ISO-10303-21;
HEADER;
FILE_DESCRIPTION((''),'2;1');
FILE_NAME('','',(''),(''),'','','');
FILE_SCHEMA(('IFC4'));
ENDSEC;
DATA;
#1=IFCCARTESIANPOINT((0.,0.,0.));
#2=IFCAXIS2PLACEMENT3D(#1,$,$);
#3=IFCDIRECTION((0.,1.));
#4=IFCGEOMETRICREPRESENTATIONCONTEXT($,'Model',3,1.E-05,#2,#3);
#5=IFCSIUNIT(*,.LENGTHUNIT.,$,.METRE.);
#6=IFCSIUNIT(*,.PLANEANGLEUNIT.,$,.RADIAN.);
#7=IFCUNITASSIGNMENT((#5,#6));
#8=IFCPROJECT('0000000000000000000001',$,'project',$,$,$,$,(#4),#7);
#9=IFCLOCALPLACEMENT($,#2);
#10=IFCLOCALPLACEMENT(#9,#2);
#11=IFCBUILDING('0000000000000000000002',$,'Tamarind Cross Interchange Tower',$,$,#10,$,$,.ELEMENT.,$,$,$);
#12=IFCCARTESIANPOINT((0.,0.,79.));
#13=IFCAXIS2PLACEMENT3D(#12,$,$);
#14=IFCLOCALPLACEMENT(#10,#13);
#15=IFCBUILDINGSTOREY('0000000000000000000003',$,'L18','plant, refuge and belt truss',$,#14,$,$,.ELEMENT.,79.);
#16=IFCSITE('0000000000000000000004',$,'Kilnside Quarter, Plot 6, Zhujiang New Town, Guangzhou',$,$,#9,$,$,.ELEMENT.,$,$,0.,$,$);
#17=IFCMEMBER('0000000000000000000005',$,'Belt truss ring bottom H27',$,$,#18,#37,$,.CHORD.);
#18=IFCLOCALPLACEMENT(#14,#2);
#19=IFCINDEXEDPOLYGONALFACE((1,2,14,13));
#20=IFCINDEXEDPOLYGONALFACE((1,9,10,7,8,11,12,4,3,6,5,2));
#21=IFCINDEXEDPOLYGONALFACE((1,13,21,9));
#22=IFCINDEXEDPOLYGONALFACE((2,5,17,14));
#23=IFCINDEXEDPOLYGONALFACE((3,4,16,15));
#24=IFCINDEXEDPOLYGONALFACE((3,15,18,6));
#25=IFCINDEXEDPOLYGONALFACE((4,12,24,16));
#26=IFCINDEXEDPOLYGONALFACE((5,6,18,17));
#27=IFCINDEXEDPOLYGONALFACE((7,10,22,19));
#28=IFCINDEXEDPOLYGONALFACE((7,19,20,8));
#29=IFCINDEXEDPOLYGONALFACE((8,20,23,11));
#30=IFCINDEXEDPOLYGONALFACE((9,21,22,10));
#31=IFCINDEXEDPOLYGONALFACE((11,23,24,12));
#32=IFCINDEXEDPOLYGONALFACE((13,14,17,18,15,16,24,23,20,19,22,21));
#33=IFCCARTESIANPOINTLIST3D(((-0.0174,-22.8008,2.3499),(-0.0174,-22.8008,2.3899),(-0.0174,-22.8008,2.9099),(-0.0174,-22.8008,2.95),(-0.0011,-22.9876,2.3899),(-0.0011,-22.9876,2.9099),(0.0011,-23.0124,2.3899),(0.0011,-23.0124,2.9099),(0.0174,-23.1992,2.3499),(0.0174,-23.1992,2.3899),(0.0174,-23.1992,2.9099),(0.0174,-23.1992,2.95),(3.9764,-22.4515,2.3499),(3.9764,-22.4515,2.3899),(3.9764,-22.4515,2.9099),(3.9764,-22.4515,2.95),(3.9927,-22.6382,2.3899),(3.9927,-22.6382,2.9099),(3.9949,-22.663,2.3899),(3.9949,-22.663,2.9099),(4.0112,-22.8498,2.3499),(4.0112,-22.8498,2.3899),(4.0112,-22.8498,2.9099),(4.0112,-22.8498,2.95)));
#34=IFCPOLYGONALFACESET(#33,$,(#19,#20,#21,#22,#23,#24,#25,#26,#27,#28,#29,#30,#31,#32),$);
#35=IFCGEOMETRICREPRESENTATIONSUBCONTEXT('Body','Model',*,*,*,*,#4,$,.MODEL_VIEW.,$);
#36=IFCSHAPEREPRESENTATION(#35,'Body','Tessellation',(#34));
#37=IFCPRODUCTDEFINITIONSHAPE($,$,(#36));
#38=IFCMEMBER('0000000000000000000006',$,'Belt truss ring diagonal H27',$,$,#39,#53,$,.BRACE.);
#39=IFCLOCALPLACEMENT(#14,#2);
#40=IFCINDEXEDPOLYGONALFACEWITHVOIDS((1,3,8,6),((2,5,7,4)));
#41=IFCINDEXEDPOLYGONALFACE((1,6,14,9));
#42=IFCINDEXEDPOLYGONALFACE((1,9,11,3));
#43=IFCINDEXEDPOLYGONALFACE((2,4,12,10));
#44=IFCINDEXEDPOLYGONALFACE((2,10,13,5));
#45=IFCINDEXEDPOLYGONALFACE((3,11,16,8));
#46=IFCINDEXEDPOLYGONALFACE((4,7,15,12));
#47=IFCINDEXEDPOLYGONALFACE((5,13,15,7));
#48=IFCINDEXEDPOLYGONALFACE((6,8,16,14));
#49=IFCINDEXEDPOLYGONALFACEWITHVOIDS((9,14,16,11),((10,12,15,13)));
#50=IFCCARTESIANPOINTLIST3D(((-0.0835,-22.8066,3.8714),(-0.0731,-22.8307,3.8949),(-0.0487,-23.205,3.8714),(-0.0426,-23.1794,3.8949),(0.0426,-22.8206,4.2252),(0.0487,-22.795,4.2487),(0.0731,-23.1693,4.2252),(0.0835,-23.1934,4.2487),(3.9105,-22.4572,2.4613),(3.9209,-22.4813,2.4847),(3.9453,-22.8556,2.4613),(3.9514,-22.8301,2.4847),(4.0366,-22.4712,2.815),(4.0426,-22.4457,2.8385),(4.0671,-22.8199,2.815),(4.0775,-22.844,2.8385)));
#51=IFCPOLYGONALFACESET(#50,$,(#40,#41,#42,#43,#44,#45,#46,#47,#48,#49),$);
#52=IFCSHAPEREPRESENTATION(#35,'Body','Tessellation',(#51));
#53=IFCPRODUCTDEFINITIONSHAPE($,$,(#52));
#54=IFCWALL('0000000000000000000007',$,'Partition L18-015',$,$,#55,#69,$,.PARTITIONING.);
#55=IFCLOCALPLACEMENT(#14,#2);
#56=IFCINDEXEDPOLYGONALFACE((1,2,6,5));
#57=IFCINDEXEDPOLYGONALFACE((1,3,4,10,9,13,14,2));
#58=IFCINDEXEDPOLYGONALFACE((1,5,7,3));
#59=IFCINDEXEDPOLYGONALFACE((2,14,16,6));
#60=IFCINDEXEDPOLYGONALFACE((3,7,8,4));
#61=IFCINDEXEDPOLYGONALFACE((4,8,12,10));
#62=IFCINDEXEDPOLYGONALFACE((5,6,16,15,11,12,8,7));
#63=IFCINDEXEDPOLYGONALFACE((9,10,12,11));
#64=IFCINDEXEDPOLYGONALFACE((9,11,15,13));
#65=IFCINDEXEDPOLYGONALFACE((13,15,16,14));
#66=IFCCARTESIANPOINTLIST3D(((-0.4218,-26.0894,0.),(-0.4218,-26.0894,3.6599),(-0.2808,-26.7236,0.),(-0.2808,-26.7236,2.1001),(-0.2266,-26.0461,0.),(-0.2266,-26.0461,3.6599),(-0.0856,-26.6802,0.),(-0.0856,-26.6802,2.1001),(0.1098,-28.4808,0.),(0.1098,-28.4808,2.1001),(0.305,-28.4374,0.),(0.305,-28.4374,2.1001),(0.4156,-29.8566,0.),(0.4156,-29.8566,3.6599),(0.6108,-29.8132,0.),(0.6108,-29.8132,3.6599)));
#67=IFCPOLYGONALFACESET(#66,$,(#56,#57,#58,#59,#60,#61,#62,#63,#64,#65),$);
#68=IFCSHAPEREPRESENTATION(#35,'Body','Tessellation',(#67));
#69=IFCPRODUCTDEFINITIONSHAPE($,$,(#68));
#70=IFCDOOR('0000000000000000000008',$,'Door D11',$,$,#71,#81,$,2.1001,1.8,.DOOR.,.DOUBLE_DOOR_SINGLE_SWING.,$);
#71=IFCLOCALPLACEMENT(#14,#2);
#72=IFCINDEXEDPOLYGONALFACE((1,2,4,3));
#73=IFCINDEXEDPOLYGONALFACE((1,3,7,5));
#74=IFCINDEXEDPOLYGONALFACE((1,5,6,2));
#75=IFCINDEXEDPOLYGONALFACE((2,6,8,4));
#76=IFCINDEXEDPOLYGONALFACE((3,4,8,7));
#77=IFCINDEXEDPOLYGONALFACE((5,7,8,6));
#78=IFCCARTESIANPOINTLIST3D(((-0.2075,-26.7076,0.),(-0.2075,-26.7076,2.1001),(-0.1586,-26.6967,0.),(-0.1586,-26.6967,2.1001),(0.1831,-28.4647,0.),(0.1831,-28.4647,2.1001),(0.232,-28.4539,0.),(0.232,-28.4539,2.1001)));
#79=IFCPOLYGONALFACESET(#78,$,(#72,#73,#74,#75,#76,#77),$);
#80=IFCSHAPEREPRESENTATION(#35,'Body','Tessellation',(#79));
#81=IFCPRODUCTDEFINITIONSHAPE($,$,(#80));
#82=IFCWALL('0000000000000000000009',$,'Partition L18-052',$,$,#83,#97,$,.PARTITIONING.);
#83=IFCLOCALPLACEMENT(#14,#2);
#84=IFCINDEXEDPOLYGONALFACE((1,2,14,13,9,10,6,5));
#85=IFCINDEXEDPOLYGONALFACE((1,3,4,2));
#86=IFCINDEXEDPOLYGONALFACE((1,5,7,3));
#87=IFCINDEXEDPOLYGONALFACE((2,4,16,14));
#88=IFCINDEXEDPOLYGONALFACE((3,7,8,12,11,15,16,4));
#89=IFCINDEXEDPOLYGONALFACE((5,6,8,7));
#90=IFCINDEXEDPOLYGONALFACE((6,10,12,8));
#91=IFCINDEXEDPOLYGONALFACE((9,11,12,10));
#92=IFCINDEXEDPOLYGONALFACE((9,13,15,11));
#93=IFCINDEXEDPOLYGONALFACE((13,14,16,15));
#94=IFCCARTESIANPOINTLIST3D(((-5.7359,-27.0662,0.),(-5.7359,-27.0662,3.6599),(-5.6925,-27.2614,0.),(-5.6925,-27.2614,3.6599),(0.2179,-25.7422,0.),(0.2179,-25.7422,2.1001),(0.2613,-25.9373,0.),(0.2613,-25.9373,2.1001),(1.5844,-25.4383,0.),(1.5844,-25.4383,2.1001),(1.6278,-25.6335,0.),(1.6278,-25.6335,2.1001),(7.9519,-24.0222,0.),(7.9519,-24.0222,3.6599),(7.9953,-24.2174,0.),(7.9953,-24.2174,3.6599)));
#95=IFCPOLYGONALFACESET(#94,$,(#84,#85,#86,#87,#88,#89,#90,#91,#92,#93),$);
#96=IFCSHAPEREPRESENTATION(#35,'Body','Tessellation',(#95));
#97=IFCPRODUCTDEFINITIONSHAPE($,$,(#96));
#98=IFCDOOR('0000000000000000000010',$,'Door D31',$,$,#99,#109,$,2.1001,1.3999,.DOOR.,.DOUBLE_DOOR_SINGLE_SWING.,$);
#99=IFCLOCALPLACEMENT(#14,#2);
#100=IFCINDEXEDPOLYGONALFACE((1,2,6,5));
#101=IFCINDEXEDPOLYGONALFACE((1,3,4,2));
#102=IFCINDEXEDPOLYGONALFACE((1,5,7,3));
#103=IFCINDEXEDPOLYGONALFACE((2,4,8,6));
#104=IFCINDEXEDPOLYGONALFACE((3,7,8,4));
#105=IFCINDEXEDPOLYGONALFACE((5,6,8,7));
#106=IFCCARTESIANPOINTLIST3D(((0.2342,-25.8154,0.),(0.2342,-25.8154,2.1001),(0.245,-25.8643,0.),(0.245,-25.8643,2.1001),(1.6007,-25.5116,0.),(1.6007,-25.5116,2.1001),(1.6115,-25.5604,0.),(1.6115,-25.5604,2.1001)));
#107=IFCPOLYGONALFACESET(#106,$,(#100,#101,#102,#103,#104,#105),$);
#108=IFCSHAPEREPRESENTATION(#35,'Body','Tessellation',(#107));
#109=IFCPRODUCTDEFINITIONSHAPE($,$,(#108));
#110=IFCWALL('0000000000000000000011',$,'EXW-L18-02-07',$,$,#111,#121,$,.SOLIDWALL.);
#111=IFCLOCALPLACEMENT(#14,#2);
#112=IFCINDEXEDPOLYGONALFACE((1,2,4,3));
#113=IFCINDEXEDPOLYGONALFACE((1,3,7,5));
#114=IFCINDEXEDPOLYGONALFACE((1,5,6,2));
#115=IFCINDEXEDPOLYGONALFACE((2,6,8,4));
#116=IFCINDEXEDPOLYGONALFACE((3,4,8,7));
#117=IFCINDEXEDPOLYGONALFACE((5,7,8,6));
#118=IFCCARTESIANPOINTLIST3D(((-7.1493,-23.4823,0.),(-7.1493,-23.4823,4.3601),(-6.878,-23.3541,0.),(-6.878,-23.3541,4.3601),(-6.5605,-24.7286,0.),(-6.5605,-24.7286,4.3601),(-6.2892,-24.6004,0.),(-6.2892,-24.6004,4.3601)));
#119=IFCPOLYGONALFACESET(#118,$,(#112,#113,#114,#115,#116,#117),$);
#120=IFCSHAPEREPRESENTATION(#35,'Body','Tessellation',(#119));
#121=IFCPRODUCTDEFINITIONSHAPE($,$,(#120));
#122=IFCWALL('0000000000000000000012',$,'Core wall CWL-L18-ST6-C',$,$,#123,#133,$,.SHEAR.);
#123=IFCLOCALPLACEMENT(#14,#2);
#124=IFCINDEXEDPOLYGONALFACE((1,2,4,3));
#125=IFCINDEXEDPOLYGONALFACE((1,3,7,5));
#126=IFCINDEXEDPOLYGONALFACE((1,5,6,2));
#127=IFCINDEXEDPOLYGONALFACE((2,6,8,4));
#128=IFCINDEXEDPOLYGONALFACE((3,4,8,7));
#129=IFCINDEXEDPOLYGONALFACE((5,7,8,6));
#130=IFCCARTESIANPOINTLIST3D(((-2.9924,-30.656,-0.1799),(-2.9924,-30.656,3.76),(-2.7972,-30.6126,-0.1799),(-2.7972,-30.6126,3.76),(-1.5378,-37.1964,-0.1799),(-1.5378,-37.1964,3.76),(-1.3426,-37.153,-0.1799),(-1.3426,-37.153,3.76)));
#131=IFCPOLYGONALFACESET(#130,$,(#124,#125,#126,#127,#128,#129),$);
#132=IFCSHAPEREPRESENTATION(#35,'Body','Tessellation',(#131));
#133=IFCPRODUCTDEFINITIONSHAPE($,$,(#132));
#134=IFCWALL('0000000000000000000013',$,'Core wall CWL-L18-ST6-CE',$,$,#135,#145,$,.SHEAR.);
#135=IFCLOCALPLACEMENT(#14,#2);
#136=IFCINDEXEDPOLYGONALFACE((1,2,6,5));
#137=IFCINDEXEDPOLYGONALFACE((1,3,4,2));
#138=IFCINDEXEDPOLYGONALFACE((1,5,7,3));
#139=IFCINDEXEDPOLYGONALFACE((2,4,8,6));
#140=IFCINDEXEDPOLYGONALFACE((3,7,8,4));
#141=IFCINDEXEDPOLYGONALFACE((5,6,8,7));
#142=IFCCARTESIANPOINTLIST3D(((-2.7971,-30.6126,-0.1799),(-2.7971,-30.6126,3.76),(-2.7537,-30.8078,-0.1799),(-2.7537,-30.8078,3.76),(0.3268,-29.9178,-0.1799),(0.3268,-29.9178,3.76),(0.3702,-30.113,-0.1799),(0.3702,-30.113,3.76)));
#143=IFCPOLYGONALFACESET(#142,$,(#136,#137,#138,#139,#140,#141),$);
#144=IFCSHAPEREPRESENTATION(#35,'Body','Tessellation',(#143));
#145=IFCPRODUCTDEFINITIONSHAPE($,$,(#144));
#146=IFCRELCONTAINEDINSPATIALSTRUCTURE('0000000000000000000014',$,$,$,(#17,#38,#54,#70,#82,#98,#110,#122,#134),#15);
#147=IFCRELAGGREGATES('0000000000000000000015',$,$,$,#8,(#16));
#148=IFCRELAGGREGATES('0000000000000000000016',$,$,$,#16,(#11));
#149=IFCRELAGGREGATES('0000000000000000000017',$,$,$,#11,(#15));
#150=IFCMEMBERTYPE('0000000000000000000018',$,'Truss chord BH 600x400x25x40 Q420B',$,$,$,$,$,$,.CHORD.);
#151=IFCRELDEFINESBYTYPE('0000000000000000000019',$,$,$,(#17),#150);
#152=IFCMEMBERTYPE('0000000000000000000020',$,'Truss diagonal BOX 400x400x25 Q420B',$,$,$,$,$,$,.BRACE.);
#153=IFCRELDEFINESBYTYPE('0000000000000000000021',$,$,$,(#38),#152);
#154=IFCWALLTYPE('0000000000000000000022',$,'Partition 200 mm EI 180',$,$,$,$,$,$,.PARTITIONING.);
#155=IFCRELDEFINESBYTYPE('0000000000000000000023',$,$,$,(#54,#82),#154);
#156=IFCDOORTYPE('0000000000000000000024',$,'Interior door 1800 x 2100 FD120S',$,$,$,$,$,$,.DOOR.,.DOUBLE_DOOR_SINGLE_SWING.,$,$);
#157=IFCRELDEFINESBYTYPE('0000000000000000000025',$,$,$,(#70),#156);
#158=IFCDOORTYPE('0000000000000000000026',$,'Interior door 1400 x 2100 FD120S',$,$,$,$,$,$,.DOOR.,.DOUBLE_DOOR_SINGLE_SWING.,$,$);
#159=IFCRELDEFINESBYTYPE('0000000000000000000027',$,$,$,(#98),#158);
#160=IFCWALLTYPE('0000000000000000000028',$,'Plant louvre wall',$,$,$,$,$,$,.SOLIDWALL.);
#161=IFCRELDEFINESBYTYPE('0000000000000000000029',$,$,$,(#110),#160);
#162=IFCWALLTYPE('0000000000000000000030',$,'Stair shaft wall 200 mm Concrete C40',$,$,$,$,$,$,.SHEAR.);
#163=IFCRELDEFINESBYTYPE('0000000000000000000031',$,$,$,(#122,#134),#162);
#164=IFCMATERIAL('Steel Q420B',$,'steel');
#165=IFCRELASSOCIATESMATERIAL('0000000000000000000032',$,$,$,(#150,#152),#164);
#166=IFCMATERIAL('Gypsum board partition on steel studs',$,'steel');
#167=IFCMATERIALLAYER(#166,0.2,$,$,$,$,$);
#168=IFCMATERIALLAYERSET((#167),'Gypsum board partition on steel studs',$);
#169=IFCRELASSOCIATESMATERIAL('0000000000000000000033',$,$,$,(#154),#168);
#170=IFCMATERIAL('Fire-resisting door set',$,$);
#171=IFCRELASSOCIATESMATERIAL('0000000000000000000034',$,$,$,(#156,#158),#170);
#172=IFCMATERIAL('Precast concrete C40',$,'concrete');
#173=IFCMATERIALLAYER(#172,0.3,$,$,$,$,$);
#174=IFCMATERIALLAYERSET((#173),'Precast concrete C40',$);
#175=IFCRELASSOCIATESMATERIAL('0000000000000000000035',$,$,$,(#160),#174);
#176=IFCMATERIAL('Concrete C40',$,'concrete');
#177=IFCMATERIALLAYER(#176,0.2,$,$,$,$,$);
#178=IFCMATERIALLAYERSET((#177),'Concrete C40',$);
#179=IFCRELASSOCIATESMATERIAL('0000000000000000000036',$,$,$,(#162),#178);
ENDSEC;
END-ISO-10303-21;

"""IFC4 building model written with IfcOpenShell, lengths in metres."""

from ifc_helpers import new_model, si_unit, direction, frame, frame_2d, origin, origin_2d, place, context, subcontext, project, spatial, rectangle, hollow_rectangle, i_section, extrude, material, layer, layer_set, material_profile, profile_set, type_object, element, fill, save


model = new_model("IFC4")

# Units and contexts
model_context = context("Model", 3, precision=1e-05, world=origin(), true_north=direction((0.0, 1.0)))
body_context = subcontext(model_context, "Body", "Model", "MODEL_VIEW")
ifc_project = project(units=[si_unit("LENGTHUNIT", "METRE"), si_unit("PLANEANGLEUNIT", "RADIAN")], contexts=[model_context])

# Site, building, storey
site_placement = place(None, origin())
site = spatial("IfcSite", under=ifc_project, at=site_placement, Name="Kilnside Quarter, Plot 6, Zhujiang New Town, Guangzhou", CompositionType="ELEMENT", RefElevation=0.0)
building_placement = place(site_placement, origin())
building = spatial("IfcBuilding", under=site, at=building_placement, Name="Tamarind Cross Interchange Tower", CompositionType="ELEMENT")
storey_placement = place(building_placement, frame((0.0, 0.0, 79.0)))
storey = spatial("IfcBuildingStorey", under=building, at=storey_placement, Name="L18", Description="plant, refuge and belt truss", CompositionType="ELEMENT", Elevation=79.0)

# Members
ifc_material_1 = material(Name="Steel Q420B", Category="steel")
ifc_material_profile_1 = material_profile(ifc_material_1, i_section(OverallWidth=0.3999, OverallDepth=0.6001, WebThickness=0.0249, FlangeThickness=0.04, at=origin_2d()), Name="BH 600x400x25x40")
ifc_profile_set_1 = profile_set([ifc_material_profile_1], Name="Steel Q420B")
member_type_1 = type_object("IfcMemberType", Name="Truss chord BH 600x400x25x40 Q420B", PredefinedType="CHORD", material=ifc_profile_set_1)
for number, where, z_axis, x_axis, name in (
    (1, (0.0, -23.0, 2.6499), (0.996196, 0.087142, 0.0), (-0.087142, 0.996196, 0.0), "Belt truss ring bottom H27"),
):
    element("IfcMember", number, at=place(storey_placement, frame(where, z_axis=z_axis, x_axis=x_axis)), inside=storey, type_object=member_type_1, Name=name, PredefinedType="CHORD", context=body_context, shape_type="SweptSolid", body=[
        extrude(i_section(OverallWidth=0.3999, OverallDepth=0.6001, WebThickness=0.0249, FlangeThickness=0.04, at=origin_2d()), origin(), (0.0, 0.0, 1.0), 4.009),
    ])
ifc_material_profile_2 = material_profile(ifc_material_1, hollow_rectangle(XDim=0.3999, YDim=0.3999, WallThickness=0.0249, at=origin_2d()), Name="BOX 400x400x25")
ifc_profile_set_2 = profile_set([ifc_material_profile_2], Name="Steel Q420B")
member_type_2 = type_object("IfcMemberType", Name="Truss diagonal BOX 400x400x25 Q420B", PredefinedType="BRACE", material=ifc_profile_set_2)
member_1_placement = place(storey_placement, frame((0.0, -23.0, 4.0601), z_axis=(0.939758, 0.082205, -0.331808), x_axis=(-0.087142, 0.996196, 0.0)))
element("IfcMember", 2, at=member_1_placement, inside=storey, type_object=member_type_2, Name="Belt truss ring diagonal H27", PredefinedType="BRACE", context=body_context, shape_type="SweptSolid", body=[
    extrude(hollow_rectangle(XDim=0.3999, YDim=0.3999, WallThickness=0.0249, at=origin_2d()), origin(), (0.0, 0.0, 1.0), 4.25),
])

# Walls, openings, doors
ifc_material_2 = material(Name="Gypsum board partition on steel studs", Category="steel")
ifc_layer_1 = layer(ifc_material_2, 0.2)
ifc_layer_set_1 = layer_set([ifc_layer_1], Name="Gypsum board partition on steel studs")
wall_type_1 = type_object("IfcWallType", Name="Partition 200 mm EI 180", PredefinedType="PARTITIONING", material=ifc_layer_set_1)
wall_1_placement = place(storey_placement, frame((-0.3242, -26.0676, 0.0), z_axis=(0.0, 0.0, 1.0), x_axis=(0.216997, -0.976172, 0.0)))
wall_1 = element("IfcWall", 3, at=wall_1_placement, inside=storey, type_object=wall_type_1, Name="Partition L18-015", PredefinedType="PARTITIONING", context=body_context, shape_type="SweptSolid", body=[
    extrude(rectangle(XDim=3.8591, YDim=0.2, at=frame_2d((1.9297, 0.0))), origin(), (0.0, 0.0, 1.0), 3.6599),
])
opening_1_placement = place(wall_1_placement, frame((0.6499, 0.0, 0.0)))
opening_1 = element("IfcOpeningElement", 4, at=opening_1_placement, cuts=wall_1, PredefinedType="OPENING", context=body_context, shape_type="SweptSolid", body=[
    extrude(rectangle(XDim=1.8, YDim=2.1001, at=frame_2d((0.8999, 1.05))), frame((0.0, 0.1099, 0.0), z_axis=(0.0, -1.0, 0.0), x_axis=(1.0, 0.0, 0.0)), (0.0, 0.0, 1.0), 0.22),
])
ifc_material_3 = material(Name="Fire-resisting door set")
door_type_1 = type_object("IfcDoorType", Name="Interior door 1800 x 2100 FD120S", OperationType="DOUBLE_DOOR_SINGLE_SWING", PredefinedType="DOOR", material=ifc_material_3)
door_1_placement = place(opening_1_placement, frame((1.8, 0.0, 0.0), z_axis=(0.0, 0.0, 1.0), x_axis=(-1.0, 0.0, 0.0)))
door_1 = element("IfcDoor", 5, at=door_1_placement, inside=storey, type_object=door_type_1, Name="Door D11", OperationType="DOUBLE_DOOR_SINGLE_SWING", OverallHeight=2.1001, OverallWidth=1.8, PredefinedType="DOOR", context=body_context, shape_type="SweptSolid", body=[
    extrude(rectangle(XDim=1.8, YDim=2.1001, at=frame_2d((0.8999, 1.05))), frame((0.0, 0.0249, 0.0), z_axis=(0.0, -1.0, 0.0), x_axis=(1.0, 0.0, 0.0)), (0.0, 0.0, 1.0), 0.05),
])
fill(opening_1, door_1)
wall_2_placement = place(storey_placement, frame((-5.7144, -27.1638, 0.0), z_axis=(0.0, 0.0, 1.0), x_axis=(0.976153, 0.217082, 0.0)))
wall_2 = element("IfcWall", 6, at=wall_2_placement, inside=storey, type_object=wall_type_1, Name="Partition L18-052", PredefinedType="PARTITIONING", context=body_context, shape_type="SweptSolid", body=[
    extrude(rectangle(XDim=14.0222, YDim=0.2, at=frame_2d((7.0112, 0.0))), origin(), (0.0, 0.0, 1.0), 3.6599),
])
opening_2_placement = place(wall_2_placement, frame((6.0994, 0.0, 0.0)))
opening_2 = element("IfcOpeningElement", 7, at=opening_2_placement, cuts=wall_2, PredefinedType="OPENING", context=body_context, shape_type="SweptSolid", body=[
    extrude(rectangle(XDim=1.3999, YDim=2.1001, at=frame_2d((0.7, 1.05))), frame((0.0, 0.1099, 0.0), z_axis=(0.0, -1.0, 0.0), x_axis=(1.0, 0.0, 0.0)), (0.0, 0.0, 1.0), 0.22),
])
door_type_2 = type_object("IfcDoorType", Name="Interior door 1400 x 2100 FD120S", OperationType="DOUBLE_DOOR_SINGLE_SWING", PredefinedType="DOOR", material=ifc_material_3)
door_2_placement = place(opening_2_placement, origin())
door_2 = element("IfcDoor", 8, at=door_2_placement, inside=storey, type_object=door_type_2, Name="Door D31", OperationType="DOUBLE_DOOR_SINGLE_SWING", OverallHeight=2.1001, OverallWidth=1.3999, PredefinedType="DOOR", context=body_context, shape_type="SweptSolid", body=[
    extrude(rectangle(XDim=1.3999, YDim=2.1001, at=frame_2d((0.7, 1.05))), frame((0.0, 0.0249, 0.0), z_axis=(0.0, -1.0, 0.0), x_axis=(1.0, 0.0, 0.0)), (0.0, 0.0, 1.0), 0.05),
])
fill(opening_2, door_2)

# Wall
ifc_material_4 = material(Name="Precast concrete C40", Category="concrete")
ifc_layer_2 = layer(ifc_material_4, 0.3)
ifc_layer_set_2 = layer_set([ifc_layer_2], Name="Precast concrete C40")
wall_type_2 = type_object("IfcWallType", Name="Plant louvre wall", PredefinedType="SOLIDWALL", material=ifc_layer_set_2)
wall_3_placement = place(storey_placement, frame((-7.0137, -23.4182, 0.0), z_axis=(0.0, 0.0, 1.0), x_axis=(0.427195, -0.904159, 0.0)))
element("IfcWall", 9, at=wall_3_placement, inside=storey, type_object=wall_type_2, Name="EXW-L18-02-07", PredefinedType="SOLIDWALL", context=body_context, shape_type="SweptSolid", body=[
    extrude(rectangle(XDim=1.3784, YDim=0.3, at=frame_2d((0.6892, 0.0))), origin(), (0.0, 0.0, 1.0), 4.3601),
])

# Walls
ifc_material_5 = material(Name="Concrete C40", Category="concrete")
ifc_layer_3 = layer(ifc_material_5, 0.2)
ifc_layer_set_3 = layer_set([ifc_layer_3], Name="Concrete C40")
wall_type_3 = type_object("IfcWallType", Name="Stair shaft wall 200 mm Concrete C40", PredefinedType="SHEAR", material=ifc_layer_set_3)
wall_4_placement = place(storey_placement, frame((-2.8948, -30.6343, -0.1799), z_axis=(0.0, 0.0, 1.0), x_axis=(0.2171, -0.976149, 0.0)))
element("IfcWall", 10, at=wall_4_placement, inside=storey, type_object=wall_type_3, Name="Core wall CWL-L18-ST6-C", PredefinedType="SHEAR", context=body_context, shape_type="SweptSolid", body=[
    extrude(rectangle(XDim=6.7002, YDim=0.2, at=frame_2d((3.3501, 0.0))), origin(), (0.0, 0.0, 1.0), 3.9399),
])
wall_5_placement = place(storey_placement, frame((-2.7754, -30.7102, -0.1799), z_axis=(0.0, 0.0, 1.0), x_axis=(0.976144, 0.217124, 0.0)))
element("IfcWall", 11, at=wall_5_placement, inside=storey, type_object=wall_type_3, Name="Core wall CWL-L18-ST6-CE", PredefinedType="SHEAR", context=body_context, shape_type="SweptSolid", body=[
    extrude(rectangle(XDim=3.2002, YDim=0.2, at=frame_2d((1.6001, 0.0))), origin(), (0.0, 0.0, 1.0), 3.9399),
])

save(model, "model.ifc")
